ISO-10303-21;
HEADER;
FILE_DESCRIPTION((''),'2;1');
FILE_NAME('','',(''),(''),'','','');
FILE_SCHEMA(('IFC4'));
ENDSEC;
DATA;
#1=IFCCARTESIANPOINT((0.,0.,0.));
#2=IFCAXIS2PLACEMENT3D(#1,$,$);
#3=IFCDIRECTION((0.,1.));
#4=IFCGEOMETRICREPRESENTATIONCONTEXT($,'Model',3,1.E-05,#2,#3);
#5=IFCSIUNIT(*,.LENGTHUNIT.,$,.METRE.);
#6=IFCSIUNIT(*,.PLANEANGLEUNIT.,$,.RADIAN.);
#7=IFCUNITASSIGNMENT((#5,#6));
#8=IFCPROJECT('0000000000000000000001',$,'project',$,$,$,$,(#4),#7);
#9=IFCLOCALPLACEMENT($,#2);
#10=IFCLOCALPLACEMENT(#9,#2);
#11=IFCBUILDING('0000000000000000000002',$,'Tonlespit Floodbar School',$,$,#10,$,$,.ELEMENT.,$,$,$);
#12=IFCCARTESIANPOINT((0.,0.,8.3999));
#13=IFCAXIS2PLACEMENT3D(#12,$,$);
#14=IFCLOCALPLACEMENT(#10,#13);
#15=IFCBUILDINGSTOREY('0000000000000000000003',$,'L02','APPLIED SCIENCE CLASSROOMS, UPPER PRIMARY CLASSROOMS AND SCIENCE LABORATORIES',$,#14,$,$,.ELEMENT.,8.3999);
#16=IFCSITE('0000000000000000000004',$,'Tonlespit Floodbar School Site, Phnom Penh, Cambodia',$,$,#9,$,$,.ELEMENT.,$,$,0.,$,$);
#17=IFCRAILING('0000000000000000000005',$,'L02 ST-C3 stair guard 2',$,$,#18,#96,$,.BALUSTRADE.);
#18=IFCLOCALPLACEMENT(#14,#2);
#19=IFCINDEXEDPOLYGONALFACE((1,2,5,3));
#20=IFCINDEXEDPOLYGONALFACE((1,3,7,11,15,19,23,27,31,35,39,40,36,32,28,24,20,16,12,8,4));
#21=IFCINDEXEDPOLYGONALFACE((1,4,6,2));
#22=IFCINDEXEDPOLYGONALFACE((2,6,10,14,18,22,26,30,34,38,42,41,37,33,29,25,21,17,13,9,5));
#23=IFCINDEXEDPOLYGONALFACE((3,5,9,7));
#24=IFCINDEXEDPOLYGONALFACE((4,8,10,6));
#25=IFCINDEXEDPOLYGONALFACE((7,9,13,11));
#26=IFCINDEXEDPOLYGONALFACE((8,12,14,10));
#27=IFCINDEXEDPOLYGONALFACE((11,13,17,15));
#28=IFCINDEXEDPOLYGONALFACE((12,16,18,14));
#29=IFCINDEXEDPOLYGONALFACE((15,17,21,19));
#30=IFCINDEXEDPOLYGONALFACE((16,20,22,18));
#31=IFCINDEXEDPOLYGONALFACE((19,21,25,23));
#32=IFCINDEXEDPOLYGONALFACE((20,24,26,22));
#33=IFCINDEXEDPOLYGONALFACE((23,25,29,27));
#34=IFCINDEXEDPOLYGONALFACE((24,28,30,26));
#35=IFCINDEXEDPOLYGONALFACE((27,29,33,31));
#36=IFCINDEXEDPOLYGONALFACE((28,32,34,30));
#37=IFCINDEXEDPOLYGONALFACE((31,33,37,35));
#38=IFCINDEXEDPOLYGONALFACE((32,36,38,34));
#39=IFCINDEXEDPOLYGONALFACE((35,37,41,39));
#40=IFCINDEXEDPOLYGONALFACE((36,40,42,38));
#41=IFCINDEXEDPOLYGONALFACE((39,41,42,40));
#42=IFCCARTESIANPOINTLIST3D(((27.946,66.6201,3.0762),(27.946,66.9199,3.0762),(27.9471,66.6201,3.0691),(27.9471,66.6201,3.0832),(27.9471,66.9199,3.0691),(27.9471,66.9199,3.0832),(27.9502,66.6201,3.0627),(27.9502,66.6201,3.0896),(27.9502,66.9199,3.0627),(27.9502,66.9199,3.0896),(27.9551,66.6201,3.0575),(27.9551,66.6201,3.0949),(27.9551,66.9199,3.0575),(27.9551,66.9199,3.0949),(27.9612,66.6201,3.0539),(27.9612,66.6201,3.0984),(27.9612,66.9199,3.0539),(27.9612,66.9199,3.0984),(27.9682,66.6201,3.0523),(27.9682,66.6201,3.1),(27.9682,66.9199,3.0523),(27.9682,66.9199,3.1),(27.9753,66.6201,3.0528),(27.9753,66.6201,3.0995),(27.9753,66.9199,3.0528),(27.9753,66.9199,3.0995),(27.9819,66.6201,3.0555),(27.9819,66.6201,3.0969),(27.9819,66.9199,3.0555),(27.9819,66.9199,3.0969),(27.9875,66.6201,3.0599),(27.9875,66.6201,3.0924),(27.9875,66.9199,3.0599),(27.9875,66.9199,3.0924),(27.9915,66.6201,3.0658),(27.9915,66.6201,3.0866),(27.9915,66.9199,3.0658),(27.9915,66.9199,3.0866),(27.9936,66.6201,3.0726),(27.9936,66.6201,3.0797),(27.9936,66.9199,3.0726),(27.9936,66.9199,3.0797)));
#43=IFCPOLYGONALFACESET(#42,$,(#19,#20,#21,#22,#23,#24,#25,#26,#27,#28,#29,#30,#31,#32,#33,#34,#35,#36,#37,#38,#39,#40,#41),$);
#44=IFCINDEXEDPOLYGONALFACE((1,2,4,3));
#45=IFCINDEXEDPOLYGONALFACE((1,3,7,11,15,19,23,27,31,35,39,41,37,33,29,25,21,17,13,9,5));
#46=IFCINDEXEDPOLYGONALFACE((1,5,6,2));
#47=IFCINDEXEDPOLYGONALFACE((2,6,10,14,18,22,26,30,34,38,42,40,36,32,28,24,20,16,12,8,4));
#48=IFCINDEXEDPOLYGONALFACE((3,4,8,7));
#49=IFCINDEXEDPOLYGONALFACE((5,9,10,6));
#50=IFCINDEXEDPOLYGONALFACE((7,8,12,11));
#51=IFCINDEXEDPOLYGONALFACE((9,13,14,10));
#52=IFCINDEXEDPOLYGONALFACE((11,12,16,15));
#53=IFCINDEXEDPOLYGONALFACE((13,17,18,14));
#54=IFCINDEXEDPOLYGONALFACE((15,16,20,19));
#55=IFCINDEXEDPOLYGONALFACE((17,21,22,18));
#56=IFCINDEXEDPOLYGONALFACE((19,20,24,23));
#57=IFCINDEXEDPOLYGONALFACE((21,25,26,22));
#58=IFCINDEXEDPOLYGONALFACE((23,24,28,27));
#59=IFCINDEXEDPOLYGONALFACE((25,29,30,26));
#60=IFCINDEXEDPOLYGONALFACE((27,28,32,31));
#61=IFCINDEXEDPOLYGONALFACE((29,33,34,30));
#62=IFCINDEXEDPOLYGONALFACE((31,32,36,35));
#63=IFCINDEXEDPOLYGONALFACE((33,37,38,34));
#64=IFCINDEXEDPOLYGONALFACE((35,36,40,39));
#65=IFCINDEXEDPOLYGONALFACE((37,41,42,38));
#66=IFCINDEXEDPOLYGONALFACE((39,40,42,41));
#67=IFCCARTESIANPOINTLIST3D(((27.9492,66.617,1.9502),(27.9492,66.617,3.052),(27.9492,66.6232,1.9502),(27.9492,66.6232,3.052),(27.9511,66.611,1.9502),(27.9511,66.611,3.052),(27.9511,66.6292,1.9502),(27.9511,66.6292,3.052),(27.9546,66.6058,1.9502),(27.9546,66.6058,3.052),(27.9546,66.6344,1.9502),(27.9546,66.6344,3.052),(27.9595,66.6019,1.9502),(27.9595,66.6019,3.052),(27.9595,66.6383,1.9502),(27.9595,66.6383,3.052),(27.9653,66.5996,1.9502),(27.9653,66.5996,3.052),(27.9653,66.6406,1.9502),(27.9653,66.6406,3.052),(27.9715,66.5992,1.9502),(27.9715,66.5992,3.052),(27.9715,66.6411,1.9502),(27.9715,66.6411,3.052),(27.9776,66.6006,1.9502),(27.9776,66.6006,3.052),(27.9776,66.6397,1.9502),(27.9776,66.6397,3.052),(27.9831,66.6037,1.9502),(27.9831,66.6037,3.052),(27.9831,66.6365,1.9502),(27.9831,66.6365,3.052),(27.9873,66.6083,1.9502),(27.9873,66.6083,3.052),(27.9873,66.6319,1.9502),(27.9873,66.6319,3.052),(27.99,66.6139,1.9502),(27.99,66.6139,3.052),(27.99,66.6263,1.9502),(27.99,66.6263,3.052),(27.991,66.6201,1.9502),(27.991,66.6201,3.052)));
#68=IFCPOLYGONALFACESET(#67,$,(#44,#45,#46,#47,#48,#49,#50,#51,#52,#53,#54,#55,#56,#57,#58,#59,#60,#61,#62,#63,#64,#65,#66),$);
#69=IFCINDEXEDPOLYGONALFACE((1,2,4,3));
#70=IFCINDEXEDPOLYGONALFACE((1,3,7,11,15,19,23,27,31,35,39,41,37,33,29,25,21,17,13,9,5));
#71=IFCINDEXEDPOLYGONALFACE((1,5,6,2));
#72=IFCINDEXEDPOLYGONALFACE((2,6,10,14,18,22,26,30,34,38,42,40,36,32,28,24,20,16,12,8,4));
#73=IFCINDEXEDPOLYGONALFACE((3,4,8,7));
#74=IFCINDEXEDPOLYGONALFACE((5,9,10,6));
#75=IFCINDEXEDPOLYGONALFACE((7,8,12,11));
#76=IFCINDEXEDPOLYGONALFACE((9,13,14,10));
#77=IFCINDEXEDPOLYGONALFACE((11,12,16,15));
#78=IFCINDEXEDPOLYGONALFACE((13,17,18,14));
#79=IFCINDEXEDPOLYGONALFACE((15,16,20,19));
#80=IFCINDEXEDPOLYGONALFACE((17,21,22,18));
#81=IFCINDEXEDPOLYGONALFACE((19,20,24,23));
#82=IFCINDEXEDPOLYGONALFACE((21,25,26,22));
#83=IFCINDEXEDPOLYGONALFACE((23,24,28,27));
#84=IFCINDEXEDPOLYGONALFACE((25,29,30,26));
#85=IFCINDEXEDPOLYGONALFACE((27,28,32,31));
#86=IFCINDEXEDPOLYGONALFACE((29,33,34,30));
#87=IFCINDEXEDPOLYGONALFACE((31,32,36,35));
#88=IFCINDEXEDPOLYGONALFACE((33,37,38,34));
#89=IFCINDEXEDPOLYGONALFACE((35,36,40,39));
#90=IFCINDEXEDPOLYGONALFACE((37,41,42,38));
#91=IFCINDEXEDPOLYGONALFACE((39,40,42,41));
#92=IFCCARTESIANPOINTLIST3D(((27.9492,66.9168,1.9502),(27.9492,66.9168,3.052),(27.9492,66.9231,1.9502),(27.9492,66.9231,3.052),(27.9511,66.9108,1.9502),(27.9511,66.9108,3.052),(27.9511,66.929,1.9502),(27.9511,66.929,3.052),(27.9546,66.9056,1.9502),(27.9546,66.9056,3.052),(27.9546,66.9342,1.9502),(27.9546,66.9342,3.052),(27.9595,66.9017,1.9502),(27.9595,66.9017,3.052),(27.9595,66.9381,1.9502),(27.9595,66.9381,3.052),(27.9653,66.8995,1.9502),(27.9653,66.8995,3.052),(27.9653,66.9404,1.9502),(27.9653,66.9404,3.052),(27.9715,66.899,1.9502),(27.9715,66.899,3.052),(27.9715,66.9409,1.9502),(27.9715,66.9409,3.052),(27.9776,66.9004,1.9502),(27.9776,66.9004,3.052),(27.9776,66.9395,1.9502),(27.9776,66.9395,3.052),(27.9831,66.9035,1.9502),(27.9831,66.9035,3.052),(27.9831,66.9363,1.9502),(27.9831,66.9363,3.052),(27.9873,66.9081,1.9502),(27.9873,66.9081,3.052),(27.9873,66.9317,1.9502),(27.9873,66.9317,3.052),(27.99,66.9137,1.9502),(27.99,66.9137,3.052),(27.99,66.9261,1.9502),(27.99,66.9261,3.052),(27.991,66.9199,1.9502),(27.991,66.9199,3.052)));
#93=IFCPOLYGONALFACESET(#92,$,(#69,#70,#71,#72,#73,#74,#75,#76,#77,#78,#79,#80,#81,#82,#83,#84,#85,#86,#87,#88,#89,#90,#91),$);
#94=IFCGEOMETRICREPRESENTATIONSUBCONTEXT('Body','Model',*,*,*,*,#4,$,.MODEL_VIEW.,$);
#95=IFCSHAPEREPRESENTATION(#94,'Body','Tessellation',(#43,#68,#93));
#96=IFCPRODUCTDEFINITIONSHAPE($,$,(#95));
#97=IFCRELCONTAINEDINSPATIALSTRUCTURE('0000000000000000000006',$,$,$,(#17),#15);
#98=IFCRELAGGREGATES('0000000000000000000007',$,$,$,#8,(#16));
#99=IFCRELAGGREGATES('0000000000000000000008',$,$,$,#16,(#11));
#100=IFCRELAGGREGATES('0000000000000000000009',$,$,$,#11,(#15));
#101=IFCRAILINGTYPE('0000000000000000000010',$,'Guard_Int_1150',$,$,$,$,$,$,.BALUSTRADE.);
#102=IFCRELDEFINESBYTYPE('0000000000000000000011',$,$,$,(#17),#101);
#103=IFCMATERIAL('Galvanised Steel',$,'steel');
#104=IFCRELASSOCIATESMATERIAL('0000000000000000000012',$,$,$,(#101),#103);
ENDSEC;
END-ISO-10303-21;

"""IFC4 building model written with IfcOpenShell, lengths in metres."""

from ifc_helpers import new_model, si_unit, direction, frame, origin, origin_2d, place, context, subcontext, project, spatial, circle, extrude, material, type_object, element, save


model = new_model("IFC4")

# Units and contexts
model_context = context("Model", 3, precision=1e-05, world=origin(), true_north=direction((0.0, 1.0)))
body_context = subcontext(model_context, "Body", "Model", "MODEL_VIEW")
ifc_project = project(units=[si_unit("LENGTHUNIT", "METRE"), si_unit("PLANEANGLEUNIT", "RADIAN")], contexts=[model_context])

# Site, building, storey
site_placement = place(None, origin())
site = spatial("IfcSite", under=ifc_project, at=site_placement, Name="Tonlespit Floodbar School Site, Phnom Penh, Cambodia", CompositionType="ELEMENT", RefElevation=0.0)
building_placement = place(site_placement, origin())
building = spatial("IfcBuilding", under=site, at=building_placement, Name="Tonlespit Floodbar School", CompositionType="ELEMENT")
storey_placement = place(building_placement, frame((0.0, 0.0, 8.3999)))
storey = spatial("IfcBuildingStorey", under=building, at=storey_placement, Name="L02", Description="APPLIED SCIENCE CLASSROOMS, UPPER PRIMARY CLASSROOMS AND SCIENCE LABORATORIES", CompositionType="ELEMENT", Elevation=8.3999)

# Railing
ifc_material_1 = material(Name="Galvanised Steel", Category="steel")
railing_type_1 = type_object("IfcRailingType", Name="Guard_Int_1150", PredefinedType="BALUSTRADE", material=ifc_material_1)
railing_1_placement = place(storey_placement, frame((27.97, 66.6201, 1.9502)))
element("IfcRailing", 1, at=railing_1_placement, inside=storey, type_object=railing_type_1, Name="L02 ST-C3 stair guard 2", PredefinedType="BALUSTRADE", context=body_context, shape_type="SweptSolid", body=[
    extrude(circle(Radius=0.0239, at=origin_2d()), frame((0.0, 0.0, 1.126), z_axis=(0.0, 1.0, 0.0), x_axis=(-1.0, 0.0, 0.0)), (0.0, 0.0, 1.0), 0.2998),
    extrude(circle(Radius=0.021, at=origin_2d()), origin(), (0.0, 0.0, 1.0), 1.1018),
    extrude(circle(Radius=0.021, at=origin_2d()), frame((0.0, 0.2998, 0.0)), (0.0, 0.0, 1.0), 1.1018),
])

save(model, "model.ifc")
